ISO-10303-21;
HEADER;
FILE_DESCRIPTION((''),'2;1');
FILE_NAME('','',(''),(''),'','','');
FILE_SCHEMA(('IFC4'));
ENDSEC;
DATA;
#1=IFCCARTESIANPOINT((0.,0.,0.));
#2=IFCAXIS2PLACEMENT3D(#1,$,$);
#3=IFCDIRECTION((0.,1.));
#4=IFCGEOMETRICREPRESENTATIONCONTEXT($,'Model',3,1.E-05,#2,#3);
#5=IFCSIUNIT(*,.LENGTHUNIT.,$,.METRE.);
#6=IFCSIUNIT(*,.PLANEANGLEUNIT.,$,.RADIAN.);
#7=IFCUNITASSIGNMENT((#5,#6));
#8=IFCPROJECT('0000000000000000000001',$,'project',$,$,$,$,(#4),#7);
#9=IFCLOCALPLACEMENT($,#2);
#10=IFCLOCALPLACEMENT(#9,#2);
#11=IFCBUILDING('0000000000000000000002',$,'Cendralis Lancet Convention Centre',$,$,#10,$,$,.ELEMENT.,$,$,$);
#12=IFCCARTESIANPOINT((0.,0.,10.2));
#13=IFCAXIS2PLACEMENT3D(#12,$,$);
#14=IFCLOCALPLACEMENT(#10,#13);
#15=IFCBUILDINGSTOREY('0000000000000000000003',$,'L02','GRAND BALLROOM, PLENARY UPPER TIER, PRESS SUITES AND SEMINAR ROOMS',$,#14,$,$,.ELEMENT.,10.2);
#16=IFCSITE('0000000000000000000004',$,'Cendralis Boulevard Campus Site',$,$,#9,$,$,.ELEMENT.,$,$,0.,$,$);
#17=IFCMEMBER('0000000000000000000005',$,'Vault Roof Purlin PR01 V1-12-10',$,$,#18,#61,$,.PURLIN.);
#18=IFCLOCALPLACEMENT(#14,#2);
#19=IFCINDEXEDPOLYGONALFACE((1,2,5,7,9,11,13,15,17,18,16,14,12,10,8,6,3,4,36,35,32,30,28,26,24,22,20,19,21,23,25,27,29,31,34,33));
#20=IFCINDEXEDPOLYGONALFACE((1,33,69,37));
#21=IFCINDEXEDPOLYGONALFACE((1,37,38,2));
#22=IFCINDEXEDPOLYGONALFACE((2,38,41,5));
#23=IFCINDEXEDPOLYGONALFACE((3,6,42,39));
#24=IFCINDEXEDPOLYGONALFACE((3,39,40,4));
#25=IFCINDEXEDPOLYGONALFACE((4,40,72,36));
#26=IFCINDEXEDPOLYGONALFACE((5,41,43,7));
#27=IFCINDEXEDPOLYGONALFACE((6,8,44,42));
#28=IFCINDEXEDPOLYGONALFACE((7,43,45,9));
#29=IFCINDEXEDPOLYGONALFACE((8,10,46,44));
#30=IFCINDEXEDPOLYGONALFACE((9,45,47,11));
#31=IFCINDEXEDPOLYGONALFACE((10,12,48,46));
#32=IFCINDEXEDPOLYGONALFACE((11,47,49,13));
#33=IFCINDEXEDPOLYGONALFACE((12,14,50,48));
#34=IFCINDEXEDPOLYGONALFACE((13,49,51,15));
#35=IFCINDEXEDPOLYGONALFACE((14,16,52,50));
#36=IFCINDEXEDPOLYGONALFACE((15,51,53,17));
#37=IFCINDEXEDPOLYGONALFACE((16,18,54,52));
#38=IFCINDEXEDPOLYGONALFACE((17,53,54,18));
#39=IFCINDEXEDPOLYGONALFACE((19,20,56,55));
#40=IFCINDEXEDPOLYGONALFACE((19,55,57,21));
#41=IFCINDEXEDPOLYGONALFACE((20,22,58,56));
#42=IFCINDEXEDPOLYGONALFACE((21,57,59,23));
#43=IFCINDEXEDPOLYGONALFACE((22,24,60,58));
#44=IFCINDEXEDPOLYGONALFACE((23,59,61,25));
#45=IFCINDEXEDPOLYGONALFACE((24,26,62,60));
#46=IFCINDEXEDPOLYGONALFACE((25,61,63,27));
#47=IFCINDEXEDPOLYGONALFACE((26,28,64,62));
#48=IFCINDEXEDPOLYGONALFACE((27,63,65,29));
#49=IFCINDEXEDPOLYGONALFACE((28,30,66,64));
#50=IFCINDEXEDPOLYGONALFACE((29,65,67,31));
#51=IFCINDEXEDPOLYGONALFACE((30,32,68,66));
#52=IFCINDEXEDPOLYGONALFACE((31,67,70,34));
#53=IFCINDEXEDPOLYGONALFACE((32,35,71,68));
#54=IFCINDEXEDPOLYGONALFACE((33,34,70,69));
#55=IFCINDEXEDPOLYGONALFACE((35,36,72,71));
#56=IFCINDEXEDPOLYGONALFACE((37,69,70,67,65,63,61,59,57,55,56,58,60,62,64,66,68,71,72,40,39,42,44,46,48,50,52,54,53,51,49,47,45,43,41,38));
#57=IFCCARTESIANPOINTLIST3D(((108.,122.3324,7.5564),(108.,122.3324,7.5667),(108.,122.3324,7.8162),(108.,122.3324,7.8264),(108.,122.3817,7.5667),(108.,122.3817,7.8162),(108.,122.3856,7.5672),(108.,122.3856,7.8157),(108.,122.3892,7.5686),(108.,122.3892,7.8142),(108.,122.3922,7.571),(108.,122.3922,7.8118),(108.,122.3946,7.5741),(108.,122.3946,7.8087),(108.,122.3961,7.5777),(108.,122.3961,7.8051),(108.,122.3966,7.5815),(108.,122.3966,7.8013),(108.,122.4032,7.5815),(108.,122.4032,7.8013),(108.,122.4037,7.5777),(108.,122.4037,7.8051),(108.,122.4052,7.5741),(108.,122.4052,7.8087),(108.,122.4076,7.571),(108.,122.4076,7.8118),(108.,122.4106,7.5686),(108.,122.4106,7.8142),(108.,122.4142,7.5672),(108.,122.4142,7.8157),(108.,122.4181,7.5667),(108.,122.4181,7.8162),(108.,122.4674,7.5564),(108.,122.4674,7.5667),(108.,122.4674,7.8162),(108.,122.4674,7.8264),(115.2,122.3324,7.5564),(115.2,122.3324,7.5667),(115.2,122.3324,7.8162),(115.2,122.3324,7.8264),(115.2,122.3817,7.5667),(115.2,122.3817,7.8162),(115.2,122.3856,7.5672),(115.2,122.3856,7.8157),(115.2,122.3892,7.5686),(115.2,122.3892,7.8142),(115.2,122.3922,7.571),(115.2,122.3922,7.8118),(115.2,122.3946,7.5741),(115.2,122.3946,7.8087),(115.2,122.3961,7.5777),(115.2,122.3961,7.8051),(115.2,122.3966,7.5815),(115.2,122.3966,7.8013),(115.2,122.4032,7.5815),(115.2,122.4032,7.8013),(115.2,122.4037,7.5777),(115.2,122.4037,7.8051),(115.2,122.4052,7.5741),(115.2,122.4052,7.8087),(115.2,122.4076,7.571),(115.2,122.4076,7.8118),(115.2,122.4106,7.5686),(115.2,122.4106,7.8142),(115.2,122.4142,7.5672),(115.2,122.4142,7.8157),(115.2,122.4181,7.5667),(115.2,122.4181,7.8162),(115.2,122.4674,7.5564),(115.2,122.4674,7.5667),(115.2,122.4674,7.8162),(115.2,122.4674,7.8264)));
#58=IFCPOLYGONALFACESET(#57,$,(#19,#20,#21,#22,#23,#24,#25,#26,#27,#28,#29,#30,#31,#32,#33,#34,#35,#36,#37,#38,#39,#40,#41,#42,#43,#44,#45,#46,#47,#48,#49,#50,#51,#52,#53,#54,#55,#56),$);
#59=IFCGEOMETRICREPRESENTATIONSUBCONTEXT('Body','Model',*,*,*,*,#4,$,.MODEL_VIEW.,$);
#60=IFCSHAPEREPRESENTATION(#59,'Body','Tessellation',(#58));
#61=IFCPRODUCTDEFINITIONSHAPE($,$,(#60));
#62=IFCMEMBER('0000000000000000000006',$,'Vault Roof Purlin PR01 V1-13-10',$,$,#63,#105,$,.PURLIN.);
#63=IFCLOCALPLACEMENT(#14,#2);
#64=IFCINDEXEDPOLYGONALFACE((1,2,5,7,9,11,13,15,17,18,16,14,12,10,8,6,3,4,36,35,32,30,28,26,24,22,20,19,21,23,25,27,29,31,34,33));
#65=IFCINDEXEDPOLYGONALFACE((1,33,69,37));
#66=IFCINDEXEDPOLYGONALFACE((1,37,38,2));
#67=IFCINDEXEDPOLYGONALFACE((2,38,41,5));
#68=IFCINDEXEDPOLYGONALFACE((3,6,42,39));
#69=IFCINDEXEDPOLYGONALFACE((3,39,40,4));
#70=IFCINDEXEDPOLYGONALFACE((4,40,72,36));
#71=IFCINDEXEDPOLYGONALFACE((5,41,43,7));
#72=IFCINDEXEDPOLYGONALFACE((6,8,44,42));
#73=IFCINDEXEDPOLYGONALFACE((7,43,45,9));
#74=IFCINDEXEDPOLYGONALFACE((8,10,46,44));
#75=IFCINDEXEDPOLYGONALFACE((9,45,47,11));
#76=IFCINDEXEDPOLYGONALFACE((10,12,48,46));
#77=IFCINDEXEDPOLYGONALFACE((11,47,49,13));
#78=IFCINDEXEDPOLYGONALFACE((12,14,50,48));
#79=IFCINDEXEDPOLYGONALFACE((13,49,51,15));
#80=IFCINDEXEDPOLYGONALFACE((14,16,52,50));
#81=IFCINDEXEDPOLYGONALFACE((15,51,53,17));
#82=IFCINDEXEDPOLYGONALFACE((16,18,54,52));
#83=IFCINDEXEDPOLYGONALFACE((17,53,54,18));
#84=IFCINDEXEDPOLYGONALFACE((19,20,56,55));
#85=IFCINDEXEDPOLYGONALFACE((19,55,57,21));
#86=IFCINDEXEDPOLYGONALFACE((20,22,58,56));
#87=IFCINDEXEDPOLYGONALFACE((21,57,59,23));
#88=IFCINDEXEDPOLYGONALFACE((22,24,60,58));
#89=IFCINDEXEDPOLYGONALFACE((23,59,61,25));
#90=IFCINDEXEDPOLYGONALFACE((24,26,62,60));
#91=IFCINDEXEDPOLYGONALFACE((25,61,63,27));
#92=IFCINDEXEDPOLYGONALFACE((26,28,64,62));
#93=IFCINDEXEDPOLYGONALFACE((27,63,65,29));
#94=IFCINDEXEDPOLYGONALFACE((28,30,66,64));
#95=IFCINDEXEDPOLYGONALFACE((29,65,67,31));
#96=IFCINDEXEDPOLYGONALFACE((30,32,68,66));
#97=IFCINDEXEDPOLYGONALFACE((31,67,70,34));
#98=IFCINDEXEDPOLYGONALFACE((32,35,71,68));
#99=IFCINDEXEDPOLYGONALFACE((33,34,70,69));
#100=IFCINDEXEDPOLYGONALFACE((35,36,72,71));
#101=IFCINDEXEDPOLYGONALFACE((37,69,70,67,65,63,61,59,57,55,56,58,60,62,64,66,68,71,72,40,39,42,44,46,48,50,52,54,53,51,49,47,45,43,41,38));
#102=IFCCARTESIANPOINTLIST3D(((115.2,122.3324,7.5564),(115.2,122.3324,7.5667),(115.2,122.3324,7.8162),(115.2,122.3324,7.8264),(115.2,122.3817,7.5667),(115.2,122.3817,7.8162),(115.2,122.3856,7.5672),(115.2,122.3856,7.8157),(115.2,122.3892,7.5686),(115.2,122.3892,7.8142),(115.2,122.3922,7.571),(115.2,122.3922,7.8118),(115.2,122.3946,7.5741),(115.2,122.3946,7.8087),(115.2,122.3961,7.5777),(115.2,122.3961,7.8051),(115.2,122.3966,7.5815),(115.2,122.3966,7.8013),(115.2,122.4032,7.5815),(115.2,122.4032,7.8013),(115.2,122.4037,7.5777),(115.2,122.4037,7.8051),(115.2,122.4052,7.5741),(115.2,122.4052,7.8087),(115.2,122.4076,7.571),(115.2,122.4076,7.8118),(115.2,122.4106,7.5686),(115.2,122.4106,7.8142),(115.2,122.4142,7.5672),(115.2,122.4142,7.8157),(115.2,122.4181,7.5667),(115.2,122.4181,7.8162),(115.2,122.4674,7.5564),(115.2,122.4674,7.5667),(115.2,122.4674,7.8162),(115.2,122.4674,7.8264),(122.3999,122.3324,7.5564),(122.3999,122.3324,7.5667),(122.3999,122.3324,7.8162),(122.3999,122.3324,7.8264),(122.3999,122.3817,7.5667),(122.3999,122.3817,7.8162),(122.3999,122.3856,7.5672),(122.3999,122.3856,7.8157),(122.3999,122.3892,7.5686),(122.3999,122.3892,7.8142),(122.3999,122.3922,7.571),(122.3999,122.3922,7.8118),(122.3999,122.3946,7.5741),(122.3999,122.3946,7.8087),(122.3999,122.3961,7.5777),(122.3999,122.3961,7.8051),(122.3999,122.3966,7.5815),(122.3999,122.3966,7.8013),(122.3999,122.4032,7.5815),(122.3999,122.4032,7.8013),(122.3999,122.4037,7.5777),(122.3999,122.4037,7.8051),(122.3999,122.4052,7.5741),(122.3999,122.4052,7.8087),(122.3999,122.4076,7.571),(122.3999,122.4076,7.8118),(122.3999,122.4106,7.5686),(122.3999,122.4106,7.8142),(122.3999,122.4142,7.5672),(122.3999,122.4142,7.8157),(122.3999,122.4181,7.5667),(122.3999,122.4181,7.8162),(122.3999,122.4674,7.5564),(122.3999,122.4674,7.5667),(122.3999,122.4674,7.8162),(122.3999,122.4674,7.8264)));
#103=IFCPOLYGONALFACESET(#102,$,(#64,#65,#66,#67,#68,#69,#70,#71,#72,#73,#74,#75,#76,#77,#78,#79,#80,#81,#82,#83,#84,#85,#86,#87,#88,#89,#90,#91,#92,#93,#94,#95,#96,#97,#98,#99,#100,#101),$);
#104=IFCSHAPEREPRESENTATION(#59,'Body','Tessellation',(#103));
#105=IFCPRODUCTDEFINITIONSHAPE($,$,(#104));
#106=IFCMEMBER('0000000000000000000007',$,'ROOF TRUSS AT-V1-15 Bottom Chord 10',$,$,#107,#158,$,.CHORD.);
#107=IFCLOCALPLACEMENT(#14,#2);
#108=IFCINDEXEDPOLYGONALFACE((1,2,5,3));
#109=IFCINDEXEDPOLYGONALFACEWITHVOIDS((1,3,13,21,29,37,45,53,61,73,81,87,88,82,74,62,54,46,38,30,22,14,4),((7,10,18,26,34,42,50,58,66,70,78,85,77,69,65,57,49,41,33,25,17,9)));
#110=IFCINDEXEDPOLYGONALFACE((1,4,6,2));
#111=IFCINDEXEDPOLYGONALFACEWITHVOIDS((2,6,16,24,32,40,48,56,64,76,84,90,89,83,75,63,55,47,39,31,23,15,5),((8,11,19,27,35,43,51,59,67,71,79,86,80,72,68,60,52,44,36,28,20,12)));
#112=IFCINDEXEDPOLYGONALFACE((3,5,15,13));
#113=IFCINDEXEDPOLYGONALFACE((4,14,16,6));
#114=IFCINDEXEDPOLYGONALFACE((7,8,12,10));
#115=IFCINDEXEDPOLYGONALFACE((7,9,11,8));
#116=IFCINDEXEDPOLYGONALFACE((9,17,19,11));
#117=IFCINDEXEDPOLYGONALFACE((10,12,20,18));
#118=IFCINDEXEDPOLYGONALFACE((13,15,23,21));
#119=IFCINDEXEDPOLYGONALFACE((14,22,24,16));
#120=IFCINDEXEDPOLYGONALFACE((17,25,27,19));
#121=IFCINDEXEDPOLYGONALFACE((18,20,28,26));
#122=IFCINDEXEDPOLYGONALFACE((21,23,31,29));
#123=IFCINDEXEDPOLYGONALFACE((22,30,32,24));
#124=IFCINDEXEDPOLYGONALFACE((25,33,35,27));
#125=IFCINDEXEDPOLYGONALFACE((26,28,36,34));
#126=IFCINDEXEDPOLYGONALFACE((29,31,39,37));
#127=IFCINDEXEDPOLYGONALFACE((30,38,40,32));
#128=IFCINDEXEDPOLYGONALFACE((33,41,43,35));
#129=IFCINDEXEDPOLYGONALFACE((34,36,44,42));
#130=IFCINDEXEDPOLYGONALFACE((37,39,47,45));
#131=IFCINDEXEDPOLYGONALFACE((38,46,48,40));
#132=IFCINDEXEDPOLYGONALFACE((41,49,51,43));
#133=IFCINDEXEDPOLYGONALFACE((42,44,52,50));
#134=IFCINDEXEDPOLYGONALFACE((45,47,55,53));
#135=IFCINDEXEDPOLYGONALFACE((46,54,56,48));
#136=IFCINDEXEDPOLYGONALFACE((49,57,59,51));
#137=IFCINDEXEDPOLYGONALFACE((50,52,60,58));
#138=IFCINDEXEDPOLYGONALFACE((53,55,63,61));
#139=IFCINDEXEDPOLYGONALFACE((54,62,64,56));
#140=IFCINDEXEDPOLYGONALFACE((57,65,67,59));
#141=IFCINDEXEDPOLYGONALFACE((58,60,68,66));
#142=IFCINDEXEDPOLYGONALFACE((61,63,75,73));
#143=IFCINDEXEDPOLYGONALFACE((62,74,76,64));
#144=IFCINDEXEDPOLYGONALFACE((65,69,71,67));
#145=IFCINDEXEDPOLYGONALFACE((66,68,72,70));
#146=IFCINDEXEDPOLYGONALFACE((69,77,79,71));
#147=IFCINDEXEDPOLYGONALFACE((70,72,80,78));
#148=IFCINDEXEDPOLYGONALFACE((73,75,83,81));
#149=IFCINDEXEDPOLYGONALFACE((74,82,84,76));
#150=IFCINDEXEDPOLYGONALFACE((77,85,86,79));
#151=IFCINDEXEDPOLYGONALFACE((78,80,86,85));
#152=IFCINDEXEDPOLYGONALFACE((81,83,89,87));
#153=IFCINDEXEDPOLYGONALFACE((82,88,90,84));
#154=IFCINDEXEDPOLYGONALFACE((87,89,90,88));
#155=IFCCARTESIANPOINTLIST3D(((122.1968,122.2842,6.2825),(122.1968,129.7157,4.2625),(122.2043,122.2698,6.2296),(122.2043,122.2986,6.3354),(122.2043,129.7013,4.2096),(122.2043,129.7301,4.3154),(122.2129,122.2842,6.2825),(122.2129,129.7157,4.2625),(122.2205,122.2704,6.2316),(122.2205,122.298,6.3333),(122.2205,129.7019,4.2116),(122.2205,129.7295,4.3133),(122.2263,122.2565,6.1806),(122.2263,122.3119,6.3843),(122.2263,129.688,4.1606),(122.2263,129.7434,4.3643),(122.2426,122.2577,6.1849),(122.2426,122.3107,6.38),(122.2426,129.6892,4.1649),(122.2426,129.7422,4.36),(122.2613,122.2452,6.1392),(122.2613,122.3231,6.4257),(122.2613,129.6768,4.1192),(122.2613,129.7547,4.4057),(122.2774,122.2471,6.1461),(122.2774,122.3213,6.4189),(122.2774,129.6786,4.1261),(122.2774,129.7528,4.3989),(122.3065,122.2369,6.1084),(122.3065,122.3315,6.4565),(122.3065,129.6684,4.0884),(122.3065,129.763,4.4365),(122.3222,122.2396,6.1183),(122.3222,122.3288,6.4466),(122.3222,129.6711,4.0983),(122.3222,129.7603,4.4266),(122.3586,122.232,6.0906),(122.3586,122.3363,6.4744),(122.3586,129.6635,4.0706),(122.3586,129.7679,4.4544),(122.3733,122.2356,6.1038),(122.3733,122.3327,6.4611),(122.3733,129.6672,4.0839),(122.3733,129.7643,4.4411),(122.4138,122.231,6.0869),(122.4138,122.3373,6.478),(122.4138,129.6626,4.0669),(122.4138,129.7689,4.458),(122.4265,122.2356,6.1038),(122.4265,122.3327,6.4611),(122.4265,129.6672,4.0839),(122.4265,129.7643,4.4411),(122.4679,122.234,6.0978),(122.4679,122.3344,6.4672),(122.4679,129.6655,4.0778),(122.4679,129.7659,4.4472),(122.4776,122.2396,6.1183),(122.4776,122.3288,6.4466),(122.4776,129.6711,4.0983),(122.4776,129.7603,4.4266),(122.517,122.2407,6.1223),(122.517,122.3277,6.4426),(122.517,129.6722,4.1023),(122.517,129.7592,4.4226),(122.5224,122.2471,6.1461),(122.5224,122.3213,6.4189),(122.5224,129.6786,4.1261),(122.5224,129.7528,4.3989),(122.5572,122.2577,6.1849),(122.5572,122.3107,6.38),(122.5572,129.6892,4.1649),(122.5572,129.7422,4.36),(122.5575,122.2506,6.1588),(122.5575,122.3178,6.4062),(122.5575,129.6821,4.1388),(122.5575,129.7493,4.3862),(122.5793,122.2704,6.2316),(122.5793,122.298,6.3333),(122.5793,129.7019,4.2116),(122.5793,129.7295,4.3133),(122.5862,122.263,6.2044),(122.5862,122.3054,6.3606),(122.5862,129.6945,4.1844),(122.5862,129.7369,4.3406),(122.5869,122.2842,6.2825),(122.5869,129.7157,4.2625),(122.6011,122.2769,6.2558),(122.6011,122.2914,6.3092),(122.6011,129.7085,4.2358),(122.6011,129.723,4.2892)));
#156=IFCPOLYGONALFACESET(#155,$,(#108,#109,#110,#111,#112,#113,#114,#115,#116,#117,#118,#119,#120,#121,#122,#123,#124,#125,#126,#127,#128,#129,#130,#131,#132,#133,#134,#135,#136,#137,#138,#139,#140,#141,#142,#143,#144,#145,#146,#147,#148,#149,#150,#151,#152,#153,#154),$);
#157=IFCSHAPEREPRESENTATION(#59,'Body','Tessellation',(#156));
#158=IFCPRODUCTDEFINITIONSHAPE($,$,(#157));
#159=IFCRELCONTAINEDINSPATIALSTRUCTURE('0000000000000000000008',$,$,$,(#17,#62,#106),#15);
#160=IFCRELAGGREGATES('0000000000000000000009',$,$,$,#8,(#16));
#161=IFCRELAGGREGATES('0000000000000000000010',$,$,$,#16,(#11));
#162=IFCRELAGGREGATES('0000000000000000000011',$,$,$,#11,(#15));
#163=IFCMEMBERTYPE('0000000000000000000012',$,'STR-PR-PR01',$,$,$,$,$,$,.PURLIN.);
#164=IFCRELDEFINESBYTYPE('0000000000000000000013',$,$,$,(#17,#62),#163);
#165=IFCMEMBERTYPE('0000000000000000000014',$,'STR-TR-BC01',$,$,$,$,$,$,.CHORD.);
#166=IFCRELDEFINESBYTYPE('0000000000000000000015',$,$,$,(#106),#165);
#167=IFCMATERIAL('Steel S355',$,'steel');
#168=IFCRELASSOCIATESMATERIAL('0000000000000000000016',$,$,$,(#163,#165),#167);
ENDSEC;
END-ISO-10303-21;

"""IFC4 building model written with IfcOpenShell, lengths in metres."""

from ifc_helpers import new_model, si_unit, direction, frame, origin, origin_2d, place, context, subcontext, project, spatial, hollow_circle, i_section, extrude, material, material_profile, profile_set, type_object, element, save


model = new_model("IFC4")

# Units and contexts
model_context = context("Model", 3, precision=1e-05, world=origin(), true_north=direction((0.0, 1.0)))
body_context = subcontext(model_context, "Body", "Model", "MODEL_VIEW")
ifc_project = project(units=[si_unit("LENGTHUNIT", "METRE"), si_unit("PLANEANGLEUNIT", "RADIAN")], contexts=[model_context])

# Site, building, storey
site_placement = place(None, origin())
site = spatial("IfcSite", under=ifc_project, at=site_placement, Name="Cendralis Boulevard Campus Site", CompositionType="ELEMENT", RefElevation=0.0)
building_placement = place(site_placement, origin())
building = spatial("IfcBuilding", under=site, at=building_placement, Name="Cendralis Lancet Convention Centre", CompositionType="ELEMENT")
storey_placement = place(building_placement, frame((0.0, 0.0, 10.2)))
storey = spatial("IfcBuildingStorey", under=building, at=storey_placement, Name="L02", Description="GRAND BALLROOM, PLENARY UPPER TIER, PRESS SUITES AND SEMINAR ROOMS", CompositionType="ELEMENT", Elevation=10.2)

# Members
ifc_material_1 = material(Name="Steel S355", Category="steel")
ifc_material_profile_1 = material_profile(ifc_material_1, i_section(OverallWidth=0.135, OverallDepth=0.27, WebThickness=0.0066, FlangeThickness=0.0103, FilletRadius=0.0149, at=origin_2d()), Name="IPE 270")
ifc_profile_set_1 = profile_set([ifc_material_profile_1], Name="Steel S355")
member_type_1 = type_object("IfcMemberType", Name="STR-PR-PR01", PredefinedType="PURLIN", material=ifc_profile_set_1)
for number, where, z_axis, x_axis, name in (
    (1, (108.0, 122.3999, 7.6914), (1.0, 0.0, 0.0), (0.0, 1.0, 0.0), "Vault Roof Purlin PR01 V1-12-10"),
    (2, (115.2, 122.3999, 7.6914), (1.0, 0.0, 0.0), (0.0, 1.0, 0.0), "Vault Roof Purlin PR01 V1-13-10"),
):
    element("IfcMember", number, at=place(storey_placement, frame(where, z_axis=z_axis, x_axis=x_axis)), inside=storey, type_object=member_type_1, Name=name, PredefinedType="PURLIN", context=body_context, shape_type="SweptSolid", body=[
        extrude(i_section(OverallWidth=0.135, OverallDepth=0.27, WebThickness=0.0066, FlangeThickness=0.0103, FilletRadius=0.0149, at=origin_2d()), origin(), (0.0, 0.0, 1.0), 7.2),
    ])
ifc_material_profile_2 = material_profile(ifc_material_1, hollow_circle(Radius=0.2031, WallThickness=0.0161, at=origin_2d()), Name="CHS 406.4x16.0")
ifc_profile_set_2 = profile_set([ifc_material_profile_2], Name="Steel S355")
member_type_2 = type_object("IfcMemberType", Name="STR-TR-BC01", PredefinedType="CHORD", material=ifc_profile_set_2)
member_1_placement = place(storey_placement, frame((122.3999, 122.2842, 6.2825), z_axis=(0.0, 0.964987, -0.262296), x_axis=(-1.0, 0.0, 0.0)))
element("IfcMember", 3, at=member_1_placement, inside=storey, type_object=member_type_2, Name="ROOF TRUSS AT-V1-15 Bottom Chord 10", PredefinedType="CHORD", context=body_context, shape_type="SweptSolid", body=[
    extrude(hollow_circle(Radius=0.2031, WallThickness=0.0161, at=origin_2d()), origin(), (0.0, 0.0, 1.0), 7.7012),
])

save(model, "model.ifc")
